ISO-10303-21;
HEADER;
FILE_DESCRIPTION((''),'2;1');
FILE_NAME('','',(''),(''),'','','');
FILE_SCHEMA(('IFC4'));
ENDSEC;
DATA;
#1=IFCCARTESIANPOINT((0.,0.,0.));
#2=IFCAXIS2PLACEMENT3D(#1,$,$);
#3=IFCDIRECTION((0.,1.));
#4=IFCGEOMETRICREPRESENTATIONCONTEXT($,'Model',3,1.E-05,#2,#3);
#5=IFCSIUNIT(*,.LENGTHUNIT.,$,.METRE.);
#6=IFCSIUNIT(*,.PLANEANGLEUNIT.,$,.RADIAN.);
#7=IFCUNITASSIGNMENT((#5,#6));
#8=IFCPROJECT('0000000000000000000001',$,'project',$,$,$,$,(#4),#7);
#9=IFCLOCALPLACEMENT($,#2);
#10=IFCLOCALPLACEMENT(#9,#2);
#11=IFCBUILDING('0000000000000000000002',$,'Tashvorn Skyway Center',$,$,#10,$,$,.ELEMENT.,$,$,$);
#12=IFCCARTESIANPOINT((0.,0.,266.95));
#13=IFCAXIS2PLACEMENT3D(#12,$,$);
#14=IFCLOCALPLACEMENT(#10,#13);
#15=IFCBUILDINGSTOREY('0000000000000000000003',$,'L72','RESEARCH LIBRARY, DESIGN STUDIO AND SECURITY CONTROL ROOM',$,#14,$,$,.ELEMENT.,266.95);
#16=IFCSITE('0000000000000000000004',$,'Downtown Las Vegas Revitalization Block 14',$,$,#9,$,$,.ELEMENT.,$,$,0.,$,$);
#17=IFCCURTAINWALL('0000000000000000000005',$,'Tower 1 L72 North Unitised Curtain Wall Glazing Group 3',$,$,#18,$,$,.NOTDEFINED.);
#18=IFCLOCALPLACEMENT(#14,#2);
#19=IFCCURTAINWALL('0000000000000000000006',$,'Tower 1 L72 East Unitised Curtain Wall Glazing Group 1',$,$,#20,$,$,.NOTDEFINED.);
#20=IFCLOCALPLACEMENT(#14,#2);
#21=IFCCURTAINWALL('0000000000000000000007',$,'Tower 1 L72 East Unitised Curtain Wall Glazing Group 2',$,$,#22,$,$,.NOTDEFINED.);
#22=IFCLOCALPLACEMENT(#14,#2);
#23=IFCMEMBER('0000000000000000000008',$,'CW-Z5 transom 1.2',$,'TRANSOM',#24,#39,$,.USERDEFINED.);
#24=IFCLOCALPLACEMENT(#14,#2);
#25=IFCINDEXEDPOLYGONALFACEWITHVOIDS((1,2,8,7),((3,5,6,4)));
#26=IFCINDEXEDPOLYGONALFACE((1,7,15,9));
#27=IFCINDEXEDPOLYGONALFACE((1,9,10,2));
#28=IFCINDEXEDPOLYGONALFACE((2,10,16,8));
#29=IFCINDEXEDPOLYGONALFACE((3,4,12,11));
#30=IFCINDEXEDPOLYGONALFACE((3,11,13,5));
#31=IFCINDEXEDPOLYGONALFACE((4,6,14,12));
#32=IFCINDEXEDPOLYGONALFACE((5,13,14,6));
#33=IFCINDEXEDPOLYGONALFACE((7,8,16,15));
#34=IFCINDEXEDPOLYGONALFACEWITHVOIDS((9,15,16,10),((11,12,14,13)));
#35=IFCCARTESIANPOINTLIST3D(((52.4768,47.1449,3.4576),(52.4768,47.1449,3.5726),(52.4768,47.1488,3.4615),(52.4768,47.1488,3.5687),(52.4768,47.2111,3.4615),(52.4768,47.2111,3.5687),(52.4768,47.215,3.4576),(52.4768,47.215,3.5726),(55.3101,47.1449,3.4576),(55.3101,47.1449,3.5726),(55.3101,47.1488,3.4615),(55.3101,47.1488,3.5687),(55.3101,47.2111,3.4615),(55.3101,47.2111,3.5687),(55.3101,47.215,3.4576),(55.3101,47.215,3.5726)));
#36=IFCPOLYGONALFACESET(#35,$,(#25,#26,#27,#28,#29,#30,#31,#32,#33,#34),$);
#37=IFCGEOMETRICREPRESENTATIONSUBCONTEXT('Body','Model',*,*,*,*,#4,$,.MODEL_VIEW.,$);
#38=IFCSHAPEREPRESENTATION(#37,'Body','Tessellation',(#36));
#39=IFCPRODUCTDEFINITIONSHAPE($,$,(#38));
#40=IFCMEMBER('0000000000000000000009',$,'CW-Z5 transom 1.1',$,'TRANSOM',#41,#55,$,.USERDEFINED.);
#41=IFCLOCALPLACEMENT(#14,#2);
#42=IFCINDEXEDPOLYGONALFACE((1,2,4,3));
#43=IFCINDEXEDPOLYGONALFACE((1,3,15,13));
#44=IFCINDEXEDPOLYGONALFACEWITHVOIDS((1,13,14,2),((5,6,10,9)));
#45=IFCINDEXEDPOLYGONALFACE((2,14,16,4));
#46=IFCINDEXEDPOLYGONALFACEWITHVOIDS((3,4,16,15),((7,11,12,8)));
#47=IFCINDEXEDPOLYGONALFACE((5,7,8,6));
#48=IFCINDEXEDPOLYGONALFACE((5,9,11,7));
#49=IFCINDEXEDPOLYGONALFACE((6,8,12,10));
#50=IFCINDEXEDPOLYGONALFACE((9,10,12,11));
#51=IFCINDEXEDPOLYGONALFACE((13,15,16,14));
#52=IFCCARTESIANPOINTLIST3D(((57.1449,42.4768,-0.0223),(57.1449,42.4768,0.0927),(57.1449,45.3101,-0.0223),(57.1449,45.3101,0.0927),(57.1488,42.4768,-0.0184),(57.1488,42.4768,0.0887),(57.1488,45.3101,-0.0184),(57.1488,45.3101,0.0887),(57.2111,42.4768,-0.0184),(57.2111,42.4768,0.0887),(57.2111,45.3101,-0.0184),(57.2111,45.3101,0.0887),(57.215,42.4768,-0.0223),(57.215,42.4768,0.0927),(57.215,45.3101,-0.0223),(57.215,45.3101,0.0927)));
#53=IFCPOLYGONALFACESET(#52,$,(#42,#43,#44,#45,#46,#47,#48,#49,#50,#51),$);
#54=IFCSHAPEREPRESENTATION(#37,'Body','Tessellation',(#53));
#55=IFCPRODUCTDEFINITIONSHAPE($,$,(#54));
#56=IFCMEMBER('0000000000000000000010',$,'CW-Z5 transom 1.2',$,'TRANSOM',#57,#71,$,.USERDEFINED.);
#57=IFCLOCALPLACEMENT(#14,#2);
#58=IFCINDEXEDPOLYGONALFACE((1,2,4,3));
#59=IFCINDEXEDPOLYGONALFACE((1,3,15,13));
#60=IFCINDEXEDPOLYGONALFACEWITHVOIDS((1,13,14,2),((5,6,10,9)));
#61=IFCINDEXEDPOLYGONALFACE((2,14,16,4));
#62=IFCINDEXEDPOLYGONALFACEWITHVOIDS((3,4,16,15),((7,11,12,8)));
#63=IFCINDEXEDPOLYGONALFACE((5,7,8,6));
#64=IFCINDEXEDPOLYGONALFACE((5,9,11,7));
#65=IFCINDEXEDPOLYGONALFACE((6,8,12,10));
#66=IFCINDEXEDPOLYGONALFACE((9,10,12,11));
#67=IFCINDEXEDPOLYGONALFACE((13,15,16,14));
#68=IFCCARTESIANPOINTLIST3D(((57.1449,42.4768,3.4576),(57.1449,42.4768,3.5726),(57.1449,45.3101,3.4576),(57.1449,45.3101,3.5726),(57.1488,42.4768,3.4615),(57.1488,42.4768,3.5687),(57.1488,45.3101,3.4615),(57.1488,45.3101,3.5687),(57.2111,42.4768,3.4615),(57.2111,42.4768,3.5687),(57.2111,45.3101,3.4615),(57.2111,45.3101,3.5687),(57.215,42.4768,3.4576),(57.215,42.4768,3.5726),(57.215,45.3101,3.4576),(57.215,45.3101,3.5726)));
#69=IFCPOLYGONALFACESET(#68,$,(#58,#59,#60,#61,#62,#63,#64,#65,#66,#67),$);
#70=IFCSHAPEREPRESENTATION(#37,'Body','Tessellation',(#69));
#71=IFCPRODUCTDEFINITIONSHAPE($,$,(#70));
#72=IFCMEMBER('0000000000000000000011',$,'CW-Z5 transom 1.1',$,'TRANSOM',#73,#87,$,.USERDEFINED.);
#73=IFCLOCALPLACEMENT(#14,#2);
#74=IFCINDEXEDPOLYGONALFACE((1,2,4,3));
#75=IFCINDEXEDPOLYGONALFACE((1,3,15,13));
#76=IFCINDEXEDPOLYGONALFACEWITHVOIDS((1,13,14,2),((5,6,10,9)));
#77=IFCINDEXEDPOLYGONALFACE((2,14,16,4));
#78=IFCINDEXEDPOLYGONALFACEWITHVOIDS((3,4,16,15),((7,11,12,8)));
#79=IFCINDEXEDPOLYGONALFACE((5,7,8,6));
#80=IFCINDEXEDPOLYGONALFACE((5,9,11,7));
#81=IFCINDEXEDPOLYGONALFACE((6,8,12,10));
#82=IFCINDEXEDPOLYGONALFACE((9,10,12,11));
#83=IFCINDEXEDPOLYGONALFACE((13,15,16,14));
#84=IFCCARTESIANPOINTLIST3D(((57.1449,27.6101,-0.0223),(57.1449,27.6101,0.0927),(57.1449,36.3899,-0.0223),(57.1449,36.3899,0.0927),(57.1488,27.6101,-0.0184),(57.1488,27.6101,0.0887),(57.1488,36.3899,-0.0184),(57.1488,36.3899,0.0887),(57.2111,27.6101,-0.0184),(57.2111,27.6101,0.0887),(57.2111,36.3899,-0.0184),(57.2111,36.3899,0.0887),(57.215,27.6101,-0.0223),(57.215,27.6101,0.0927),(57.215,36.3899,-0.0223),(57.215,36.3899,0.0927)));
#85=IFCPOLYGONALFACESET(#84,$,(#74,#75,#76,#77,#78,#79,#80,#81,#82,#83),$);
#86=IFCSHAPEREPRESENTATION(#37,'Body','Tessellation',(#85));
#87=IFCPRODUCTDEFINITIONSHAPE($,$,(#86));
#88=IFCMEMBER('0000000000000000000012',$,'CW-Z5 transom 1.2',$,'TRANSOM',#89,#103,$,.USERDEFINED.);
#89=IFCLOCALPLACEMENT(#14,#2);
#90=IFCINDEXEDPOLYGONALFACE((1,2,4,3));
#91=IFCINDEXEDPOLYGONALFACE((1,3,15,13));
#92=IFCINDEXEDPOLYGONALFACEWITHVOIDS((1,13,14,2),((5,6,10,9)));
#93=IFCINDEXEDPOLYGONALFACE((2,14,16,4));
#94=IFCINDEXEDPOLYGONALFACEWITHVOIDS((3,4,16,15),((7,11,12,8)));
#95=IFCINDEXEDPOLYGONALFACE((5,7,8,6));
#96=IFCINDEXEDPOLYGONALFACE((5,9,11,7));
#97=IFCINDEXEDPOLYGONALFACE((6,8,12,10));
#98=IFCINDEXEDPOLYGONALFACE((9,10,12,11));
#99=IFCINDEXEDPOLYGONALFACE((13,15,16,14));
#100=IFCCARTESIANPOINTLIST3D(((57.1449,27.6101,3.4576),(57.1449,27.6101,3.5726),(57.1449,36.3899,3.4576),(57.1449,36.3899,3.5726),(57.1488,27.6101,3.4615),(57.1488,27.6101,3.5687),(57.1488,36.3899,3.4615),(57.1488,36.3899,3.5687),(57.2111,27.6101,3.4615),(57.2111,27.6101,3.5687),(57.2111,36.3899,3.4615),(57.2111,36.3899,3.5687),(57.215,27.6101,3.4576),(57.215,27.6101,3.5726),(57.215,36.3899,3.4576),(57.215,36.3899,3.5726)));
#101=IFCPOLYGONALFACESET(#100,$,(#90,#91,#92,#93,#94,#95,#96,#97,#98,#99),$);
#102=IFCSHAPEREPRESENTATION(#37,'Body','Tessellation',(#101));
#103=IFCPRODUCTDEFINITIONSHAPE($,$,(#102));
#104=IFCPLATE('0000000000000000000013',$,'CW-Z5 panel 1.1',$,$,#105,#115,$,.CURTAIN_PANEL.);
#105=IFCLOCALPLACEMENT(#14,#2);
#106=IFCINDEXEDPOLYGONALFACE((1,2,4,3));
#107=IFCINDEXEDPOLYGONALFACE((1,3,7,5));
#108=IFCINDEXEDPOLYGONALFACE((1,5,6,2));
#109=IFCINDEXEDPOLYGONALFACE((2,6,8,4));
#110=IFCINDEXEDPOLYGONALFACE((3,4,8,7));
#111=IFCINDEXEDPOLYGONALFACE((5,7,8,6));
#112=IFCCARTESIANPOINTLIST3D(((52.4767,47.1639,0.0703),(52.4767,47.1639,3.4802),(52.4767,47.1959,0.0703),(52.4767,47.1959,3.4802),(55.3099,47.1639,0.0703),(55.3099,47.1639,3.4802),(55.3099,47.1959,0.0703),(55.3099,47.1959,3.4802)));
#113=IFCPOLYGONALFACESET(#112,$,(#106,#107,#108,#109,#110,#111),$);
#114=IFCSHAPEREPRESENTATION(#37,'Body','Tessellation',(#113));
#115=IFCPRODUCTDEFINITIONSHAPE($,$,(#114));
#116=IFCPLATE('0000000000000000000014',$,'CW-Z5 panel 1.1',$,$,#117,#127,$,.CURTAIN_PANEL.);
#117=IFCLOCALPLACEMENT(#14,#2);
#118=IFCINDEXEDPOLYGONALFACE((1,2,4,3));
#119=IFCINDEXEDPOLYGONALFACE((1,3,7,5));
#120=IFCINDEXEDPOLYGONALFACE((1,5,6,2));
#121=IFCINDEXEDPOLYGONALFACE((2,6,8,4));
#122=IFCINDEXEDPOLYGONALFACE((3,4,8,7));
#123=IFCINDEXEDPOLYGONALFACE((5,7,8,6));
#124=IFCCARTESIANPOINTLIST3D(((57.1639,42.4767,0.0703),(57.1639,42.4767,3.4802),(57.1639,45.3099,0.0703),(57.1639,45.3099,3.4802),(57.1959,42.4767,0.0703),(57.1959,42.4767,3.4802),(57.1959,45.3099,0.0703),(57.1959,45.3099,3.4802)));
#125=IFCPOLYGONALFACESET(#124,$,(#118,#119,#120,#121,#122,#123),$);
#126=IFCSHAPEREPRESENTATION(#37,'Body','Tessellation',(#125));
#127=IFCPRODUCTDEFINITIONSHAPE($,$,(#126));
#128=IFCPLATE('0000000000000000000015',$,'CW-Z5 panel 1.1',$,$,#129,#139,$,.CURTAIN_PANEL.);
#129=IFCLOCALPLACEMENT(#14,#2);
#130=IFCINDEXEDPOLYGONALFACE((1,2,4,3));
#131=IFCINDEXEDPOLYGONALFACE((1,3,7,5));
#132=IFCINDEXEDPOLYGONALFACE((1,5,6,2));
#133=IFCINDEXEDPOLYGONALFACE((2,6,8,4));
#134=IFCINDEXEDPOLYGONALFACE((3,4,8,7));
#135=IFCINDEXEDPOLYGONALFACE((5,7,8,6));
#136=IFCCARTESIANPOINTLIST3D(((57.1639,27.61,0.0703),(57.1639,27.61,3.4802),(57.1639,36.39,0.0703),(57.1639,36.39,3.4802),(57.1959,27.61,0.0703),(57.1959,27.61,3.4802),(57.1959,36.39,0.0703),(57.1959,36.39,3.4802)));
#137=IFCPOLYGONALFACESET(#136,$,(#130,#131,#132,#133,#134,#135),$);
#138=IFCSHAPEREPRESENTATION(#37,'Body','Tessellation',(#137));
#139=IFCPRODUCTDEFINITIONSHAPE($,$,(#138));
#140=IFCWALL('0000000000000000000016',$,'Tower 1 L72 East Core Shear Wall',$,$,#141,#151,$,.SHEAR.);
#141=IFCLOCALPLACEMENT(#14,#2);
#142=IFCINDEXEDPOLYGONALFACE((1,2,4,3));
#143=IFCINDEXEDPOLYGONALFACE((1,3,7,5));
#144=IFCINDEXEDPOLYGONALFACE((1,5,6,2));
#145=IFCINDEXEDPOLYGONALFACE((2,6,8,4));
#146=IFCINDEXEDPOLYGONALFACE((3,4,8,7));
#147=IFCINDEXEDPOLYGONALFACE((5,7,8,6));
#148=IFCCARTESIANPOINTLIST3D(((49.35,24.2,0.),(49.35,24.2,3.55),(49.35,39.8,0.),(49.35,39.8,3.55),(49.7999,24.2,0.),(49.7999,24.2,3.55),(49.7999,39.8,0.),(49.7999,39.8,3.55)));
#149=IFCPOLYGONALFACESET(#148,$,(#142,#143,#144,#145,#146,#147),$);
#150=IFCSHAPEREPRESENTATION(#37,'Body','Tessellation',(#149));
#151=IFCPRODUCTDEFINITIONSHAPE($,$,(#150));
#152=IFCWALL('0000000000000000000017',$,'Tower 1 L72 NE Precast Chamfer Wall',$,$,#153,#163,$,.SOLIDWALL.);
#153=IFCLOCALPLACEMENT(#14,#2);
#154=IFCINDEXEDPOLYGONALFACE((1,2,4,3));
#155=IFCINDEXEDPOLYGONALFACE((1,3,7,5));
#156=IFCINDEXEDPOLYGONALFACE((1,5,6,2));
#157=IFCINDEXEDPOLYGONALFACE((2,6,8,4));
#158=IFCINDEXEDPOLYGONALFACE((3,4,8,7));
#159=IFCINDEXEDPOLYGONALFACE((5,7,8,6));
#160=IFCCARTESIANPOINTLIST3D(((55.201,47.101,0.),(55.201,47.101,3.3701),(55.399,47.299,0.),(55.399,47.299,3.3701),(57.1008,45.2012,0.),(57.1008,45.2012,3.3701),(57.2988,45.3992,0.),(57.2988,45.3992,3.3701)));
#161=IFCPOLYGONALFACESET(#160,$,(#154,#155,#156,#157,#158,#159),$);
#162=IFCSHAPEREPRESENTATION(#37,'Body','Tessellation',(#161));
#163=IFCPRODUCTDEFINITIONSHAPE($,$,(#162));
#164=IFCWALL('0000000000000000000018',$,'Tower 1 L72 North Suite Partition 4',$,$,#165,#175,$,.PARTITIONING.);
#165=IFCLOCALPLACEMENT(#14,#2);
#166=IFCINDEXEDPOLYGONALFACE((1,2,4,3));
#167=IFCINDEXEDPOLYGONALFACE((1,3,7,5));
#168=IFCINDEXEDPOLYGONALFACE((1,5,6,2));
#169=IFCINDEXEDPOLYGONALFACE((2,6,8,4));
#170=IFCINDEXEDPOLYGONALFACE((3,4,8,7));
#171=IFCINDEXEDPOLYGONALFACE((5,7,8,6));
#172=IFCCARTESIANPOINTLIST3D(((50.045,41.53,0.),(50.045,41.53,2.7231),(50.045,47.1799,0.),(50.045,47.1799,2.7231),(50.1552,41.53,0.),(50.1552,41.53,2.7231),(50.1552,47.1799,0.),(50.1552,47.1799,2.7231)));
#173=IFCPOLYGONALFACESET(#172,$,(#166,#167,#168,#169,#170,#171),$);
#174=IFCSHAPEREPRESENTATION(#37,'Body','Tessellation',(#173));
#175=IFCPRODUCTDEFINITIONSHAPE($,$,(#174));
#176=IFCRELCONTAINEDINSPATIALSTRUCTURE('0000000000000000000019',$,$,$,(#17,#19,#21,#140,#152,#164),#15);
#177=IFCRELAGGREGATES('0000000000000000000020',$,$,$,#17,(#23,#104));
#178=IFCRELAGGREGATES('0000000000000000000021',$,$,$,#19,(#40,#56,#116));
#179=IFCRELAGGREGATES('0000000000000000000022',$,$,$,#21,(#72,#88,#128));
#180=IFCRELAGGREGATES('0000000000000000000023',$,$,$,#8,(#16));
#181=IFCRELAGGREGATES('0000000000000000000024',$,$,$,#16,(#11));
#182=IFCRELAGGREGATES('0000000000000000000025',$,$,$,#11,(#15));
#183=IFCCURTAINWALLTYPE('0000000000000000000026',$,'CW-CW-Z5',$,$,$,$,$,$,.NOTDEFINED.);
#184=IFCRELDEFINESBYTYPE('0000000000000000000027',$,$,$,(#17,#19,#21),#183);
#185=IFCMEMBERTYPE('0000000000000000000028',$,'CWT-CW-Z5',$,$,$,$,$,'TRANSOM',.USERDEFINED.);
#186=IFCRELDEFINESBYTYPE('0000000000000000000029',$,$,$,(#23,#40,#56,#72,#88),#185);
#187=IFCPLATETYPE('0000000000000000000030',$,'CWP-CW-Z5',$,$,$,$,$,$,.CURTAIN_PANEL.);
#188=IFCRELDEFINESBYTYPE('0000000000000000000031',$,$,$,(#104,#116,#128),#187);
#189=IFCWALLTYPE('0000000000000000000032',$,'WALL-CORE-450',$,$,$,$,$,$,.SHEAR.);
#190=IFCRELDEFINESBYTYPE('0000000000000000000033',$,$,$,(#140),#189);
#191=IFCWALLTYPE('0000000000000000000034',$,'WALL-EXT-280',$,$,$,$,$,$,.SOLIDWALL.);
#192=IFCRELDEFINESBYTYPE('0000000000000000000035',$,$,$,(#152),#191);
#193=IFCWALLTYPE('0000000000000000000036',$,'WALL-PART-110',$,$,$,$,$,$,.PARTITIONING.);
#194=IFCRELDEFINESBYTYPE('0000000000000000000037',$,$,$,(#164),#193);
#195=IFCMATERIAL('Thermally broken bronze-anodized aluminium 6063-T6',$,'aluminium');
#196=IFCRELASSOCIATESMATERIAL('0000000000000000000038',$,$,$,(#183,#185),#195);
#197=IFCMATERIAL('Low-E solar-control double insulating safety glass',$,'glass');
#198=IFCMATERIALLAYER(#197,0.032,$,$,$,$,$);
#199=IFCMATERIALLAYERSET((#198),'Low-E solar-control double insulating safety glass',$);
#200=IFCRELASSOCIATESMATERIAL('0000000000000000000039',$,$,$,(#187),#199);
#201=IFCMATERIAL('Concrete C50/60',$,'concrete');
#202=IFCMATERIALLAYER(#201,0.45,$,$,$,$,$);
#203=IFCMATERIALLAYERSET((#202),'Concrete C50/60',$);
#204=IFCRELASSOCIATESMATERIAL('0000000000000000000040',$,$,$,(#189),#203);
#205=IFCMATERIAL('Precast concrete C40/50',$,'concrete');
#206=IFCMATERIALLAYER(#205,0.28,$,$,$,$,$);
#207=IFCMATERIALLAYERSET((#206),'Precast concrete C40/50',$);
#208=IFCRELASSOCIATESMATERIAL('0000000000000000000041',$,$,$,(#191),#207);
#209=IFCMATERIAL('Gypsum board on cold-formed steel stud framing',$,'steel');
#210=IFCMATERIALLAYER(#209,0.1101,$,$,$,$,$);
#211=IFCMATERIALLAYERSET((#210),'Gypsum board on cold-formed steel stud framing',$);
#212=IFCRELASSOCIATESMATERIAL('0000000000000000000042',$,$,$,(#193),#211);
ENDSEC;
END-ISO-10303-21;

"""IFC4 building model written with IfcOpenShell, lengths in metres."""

from ifc_helpers import new_model, si_unit, direction, frame, frame_2d, origin, origin_2d, place, context, subcontext, project, spatial, rectangle, hollow_rectangle, extrude, material, layer, layer_set, material_profile, profile_set, type_object, element, aggregate, save


model = new_model("IFC4")

# Units and contexts
model_context = context("Model", 3, precision=1e-05, world=origin(), true_north=direction((0.0, 1.0)))
body_context = subcontext(model_context, "Body", "Model", "MODEL_VIEW")
ifc_project = project(units=[si_unit("LENGTHUNIT", "METRE"), si_unit("PLANEANGLEUNIT", "RADIAN")], contexts=[model_context])

# Site, building, storey
site_placement = place(None, origin())
site = spatial("IfcSite", under=ifc_project, at=site_placement, Name="Downtown Las Vegas Revitalization Block 14", CompositionType="ELEMENT", RefElevation=0.0)
building_placement = place(site_placement, origin())
building = spatial("IfcBuilding", under=site, at=building_placement, Name="Tashvorn Skyway Center", CompositionType="ELEMENT")
storey_placement = place(building_placement, frame((0.0, 0.0, 266.95)))
storey = spatial("IfcBuildingStorey", under=building, at=storey_placement, Name="L72", Description="RESEARCH LIBRARY, DESIGN STUDIO AND SECURITY CONTROL ROOM", CompositionType="ELEMENT", Elevation=266.95)

# Shared definitions
ifc_material_1 = material(Name="Thermally broken bronze-anodized aluminium 6063-T6", Category="aluminium")
curtain_wall_type = type_object("IfcCurtainWallType", Name="CW-CW-Z5", PredefinedType="NOTDEFINED", material=ifc_material_1)

# Curtain walls
curtain_wall_1_placement = place(storey_placement, origin())
curtain_wall_1 = element("IfcCurtainWall", 1, at=curtain_wall_1_placement, inside=storey, type_object=curtain_wall_type, Name="Tower 1 L72 North Unitised Curtain Wall Glazing Group 3", PredefinedType="NOTDEFINED")
curtain_wall_2_placement = place(storey_placement, origin())
curtain_wall_2 = element("IfcCurtainWall", 2, at=curtain_wall_2_placement, inside=storey, type_object=curtain_wall_type, Name="Tower 1 L72 East Unitised Curtain Wall Glazing Group 1", PredefinedType="NOTDEFINED")

# Curtain wall
curtain_wall_3_placement = place(storey_placement, origin())
curtain_wall_3 = element("IfcCurtainWall", 3, at=curtain_wall_3_placement, inside=storey, type_object=curtain_wall_type, Name="Tower 1 L72 East Unitised Curtain Wall Glazing Group 2", PredefinedType="NOTDEFINED")

# Members
ifc_material_profile_1 = material_profile(ifc_material_1, hollow_rectangle(XDim=0.0701, YDim=0.115, WallThickness=0.0039, at=origin_2d()), Name="ALU-TRAN-70x115")
ifc_profile_set_1 = profile_set([ifc_material_profile_1], Name="Thermally broken bronze-anodized aluminium 6063-T6")
member_type_1 = type_object("IfcMemberType", Name="CWT-CW-Z5", ElementType="TRANSOM", PredefinedType="USERDEFINED", material=ifc_profile_set_1)
member_1_placement = place(storey_placement, frame((52.4768, 47.1799, 3.5151), z_axis=(1.0, 0.0, 0.0), x_axis=(0.0, 1.0, 0.0)))
member_1 = element("IfcMember", 4, at=member_1_placement, type_object=member_type_1, Name="CW-Z5 transom 1.2", ObjectType="TRANSOM", PredefinedType="USERDEFINED", context=body_context, shape_type="SweptSolid", body=[
    extrude(hollow_rectangle(XDim=0.0701, YDim=0.115, WallThickness=0.0039, at=origin_2d()), origin(), (0.0, 0.0, 1.0), 2.8333),
])
member_2_placement = place(storey_placement, frame((57.1799, 45.3101, 0.0352), z_axis=(0.0, -1.0, 0.0), x_axis=(1.0, 0.0, 0.0)))
member_2 = element("IfcMember", 5, at=member_2_placement, type_object=member_type_1, Name="CW-Z5 transom 1.1", ObjectType="TRANSOM", PredefinedType="USERDEFINED", context=body_context, shape_type="SweptSolid", body=[
    extrude(hollow_rectangle(XDim=0.0701, YDim=0.115, WallThickness=0.0039, at=origin_2d()), origin(), (0.0, 0.0, 1.0), 2.8333),
])
member_3_placement = place(storey_placement, frame((57.1799, 45.3101, 3.5151), z_axis=(0.0, -1.0, 0.0), x_axis=(1.0, 0.0, 0.0)))
member_3 = element("IfcMember", 6, at=member_3_placement, type_object=member_type_1, Name="CW-Z5 transom 1.2", ObjectType="TRANSOM", PredefinedType="USERDEFINED", context=body_context, shape_type="SweptSolid", body=[
    extrude(hollow_rectangle(XDim=0.0701, YDim=0.115, WallThickness=0.0039, at=origin_2d()), origin(), (0.0, 0.0, 1.0), 2.8333),
])
member_4_placement = place(storey_placement, frame((57.1799, 36.3899, 0.0352), z_axis=(0.0, -1.0, 0.0), x_axis=(1.0, 0.0, 0.0)))
member_4 = element("IfcMember", 7, at=member_4_placement, type_object=member_type_1, Name="CW-Z5 transom 1.1", ObjectType="TRANSOM", PredefinedType="USERDEFINED", context=body_context, shape_type="SweptSolid", body=[
    extrude(hollow_rectangle(XDim=0.0701, YDim=0.115, WallThickness=0.0039, at=origin_2d()), origin(), (0.0, 0.0, 1.0), 8.7798),
])
member_5_placement = place(storey_placement, frame((57.1799, 36.3899, 3.5151), z_axis=(0.0, -1.0, 0.0), x_axis=(1.0, 0.0, 0.0)))
member_5 = element("IfcMember", 8, at=member_5_placement, type_object=member_type_1, Name="CW-Z5 transom 1.2", ObjectType="TRANSOM", PredefinedType="USERDEFINED", context=body_context, shape_type="SweptSolid", body=[
    extrude(hollow_rectangle(XDim=0.0701, YDim=0.115, WallThickness=0.0039, at=origin_2d()), origin(), (0.0, 0.0, 1.0), 8.7798),
])

# Plates
ifc_material_2 = material(Name="Low-E solar-control double insulating safety glass", Category="glass")
ifc_layer_1 = layer(ifc_material_2, 0.032)
ifc_layer_set_1 = layer_set([ifc_layer_1], Name="Low-E solar-control double insulating safety glass")
plate_type = type_object("IfcPlateType", Name="CWP-CW-Z5", PredefinedType="CURTAIN_PANEL", material=ifc_layer_set_1)
plate_1_placement = place(storey_placement, frame((53.8933, 47.1799, 0.0703), z_axis=(0.0, 0.0, 1.0), x_axis=(1.0, 0.0, 0.0)))
plate_1 = element("IfcPlate", 9, at=plate_1_placement, type_object=plate_type, Name="CW-Z5 panel 1.1", PredefinedType="CURTAIN_PANEL", context=body_context, shape_type="SweptSolid", body=[
    extrude(rectangle(XDim=2.8333, YDim=0.032, at=origin_2d()), origin(), (0.0, 0.0, 1.0), 3.4099),
])
aggregate(curtain_wall_1, [member_1, plate_1])
plate_2_placement = place(storey_placement, frame((57.1799, 43.8933, 0.0703), z_axis=(0.0, 0.0, 1.0), x_axis=(0.0, -1.0, 0.0)))
plate_2 = element("IfcPlate", 10, at=plate_2_placement, type_object=plate_type, Name="CW-Z5 panel 1.1", PredefinedType="CURTAIN_PANEL", context=body_context, shape_type="SweptSolid", body=[
    extrude(rectangle(XDim=2.8333, YDim=0.032, at=origin_2d()), origin(), (0.0, 0.0, 1.0), 3.4099),
])
aggregate(curtain_wall_2, [member_2, member_3, plate_2])
plate_3_placement = place(storey_placement, frame((57.1799, 32.0, 0.0703), z_axis=(0.0, 0.0, 1.0), x_axis=(0.0, -1.0, 0.0)))
plate_3 = element("IfcPlate", 11, at=plate_3_placement, type_object=plate_type, Name="CW-Z5 panel 1.1", PredefinedType="CURTAIN_PANEL", context=body_context, shape_type="SweptSolid", body=[
    extrude(rectangle(XDim=8.78, YDim=0.032, at=origin_2d()), origin(), (0.0, 0.0, 1.0), 3.4099),
])
aggregate(curtain_wall_3, [member_4, member_5, plate_3])

# Walls
ifc_material_3 = material(Name="Concrete C50/60", Category="concrete")
ifc_layer_2 = layer(ifc_material_3, 0.45)
ifc_layer_set_2 = layer_set([ifc_layer_2], Name="Concrete C50/60")
wall_type_1 = type_object("IfcWallType", Name="WALL-CORE-450", PredefinedType="SHEAR", material=ifc_layer_set_2)
wall_1_placement = place(storey_placement, frame((49.575, 39.8, 0.0), z_axis=(0.0, 0.0, 1.0), x_axis=(0.0, -1.0, 0.0)))
element("IfcWall", 12, at=wall_1_placement, inside=storey, type_object=wall_type_1, Name="Tower 1 L72 East Core Shear Wall", PredefinedType="SHEAR", context=body_context, shape_type="SweptSolid", body=[
    extrude(rectangle(XDim=15.6001, YDim=0.45, at=frame_2d((7.8, 0.0))), origin(), (0.0, 0.0, 1.0), 3.55),
])
ifc_material_4 = material(Name="Precast concrete C40/50", Category="concrete")
ifc_layer_3 = layer(ifc_material_4, 0.28)
ifc_layer_set_3 = layer_set([ifc_layer_3], Name="Precast concrete C40/50")
wall_type_2 = type_object("IfcWallType", Name="WALL-EXT-280", PredefinedType="SOLIDWALL", material=ifc_layer_set_3)
wall_2_placement = place(storey_placement, frame((55.3, 47.2, 0.0), z_axis=(0.0, 0.0, 1.0), x_axis=(0.707107, -0.707107, 0.0)))
element("IfcWall", 13, at=wall_2_placement, inside=storey, type_object=wall_type_2, Name="Tower 1 L72 NE Precast Chamfer Wall", PredefinedType="SOLIDWALL", context=body_context, shape_type="SweptSolid", body=[
    extrude(rectangle(XDim=2.6868, YDim=0.28, at=frame_2d((1.3433, 0.0))), origin(), (0.0, 0.0, 1.0), 3.3701),
])
ifc_material_5 = material(Name="Gypsum board on cold-formed steel stud framing", Category="steel")
ifc_layer_4 = layer(ifc_material_5, 0.1101)
ifc_layer_set_4 = layer_set([ifc_layer_4], Name="Gypsum board on cold-formed steel stud framing")
wall_type_3 = type_object("IfcWallType", Name="WALL-PART-110", PredefinedType="PARTITIONING", material=ifc_layer_set_4)
wall_3_placement = place(storey_placement, frame((50.1001, 41.53, 0.0), z_axis=(0.0, 0.0, 1.0), x_axis=(0.0, 1.0, 0.0)))
element("IfcWall", 14, at=wall_3_placement, inside=storey, type_object=wall_type_3, Name="Tower 1 L72 North Suite Partition 4", PredefinedType="PARTITIONING", context=body_context, shape_type="SweptSolid", body=[
    extrude(rectangle(XDim=5.6499, YDim=0.1101, at=frame_2d((2.825, 0.0))), origin(), (0.0, 0.0, 1.0), 2.7231),
])

save(model, "model.ifc")
